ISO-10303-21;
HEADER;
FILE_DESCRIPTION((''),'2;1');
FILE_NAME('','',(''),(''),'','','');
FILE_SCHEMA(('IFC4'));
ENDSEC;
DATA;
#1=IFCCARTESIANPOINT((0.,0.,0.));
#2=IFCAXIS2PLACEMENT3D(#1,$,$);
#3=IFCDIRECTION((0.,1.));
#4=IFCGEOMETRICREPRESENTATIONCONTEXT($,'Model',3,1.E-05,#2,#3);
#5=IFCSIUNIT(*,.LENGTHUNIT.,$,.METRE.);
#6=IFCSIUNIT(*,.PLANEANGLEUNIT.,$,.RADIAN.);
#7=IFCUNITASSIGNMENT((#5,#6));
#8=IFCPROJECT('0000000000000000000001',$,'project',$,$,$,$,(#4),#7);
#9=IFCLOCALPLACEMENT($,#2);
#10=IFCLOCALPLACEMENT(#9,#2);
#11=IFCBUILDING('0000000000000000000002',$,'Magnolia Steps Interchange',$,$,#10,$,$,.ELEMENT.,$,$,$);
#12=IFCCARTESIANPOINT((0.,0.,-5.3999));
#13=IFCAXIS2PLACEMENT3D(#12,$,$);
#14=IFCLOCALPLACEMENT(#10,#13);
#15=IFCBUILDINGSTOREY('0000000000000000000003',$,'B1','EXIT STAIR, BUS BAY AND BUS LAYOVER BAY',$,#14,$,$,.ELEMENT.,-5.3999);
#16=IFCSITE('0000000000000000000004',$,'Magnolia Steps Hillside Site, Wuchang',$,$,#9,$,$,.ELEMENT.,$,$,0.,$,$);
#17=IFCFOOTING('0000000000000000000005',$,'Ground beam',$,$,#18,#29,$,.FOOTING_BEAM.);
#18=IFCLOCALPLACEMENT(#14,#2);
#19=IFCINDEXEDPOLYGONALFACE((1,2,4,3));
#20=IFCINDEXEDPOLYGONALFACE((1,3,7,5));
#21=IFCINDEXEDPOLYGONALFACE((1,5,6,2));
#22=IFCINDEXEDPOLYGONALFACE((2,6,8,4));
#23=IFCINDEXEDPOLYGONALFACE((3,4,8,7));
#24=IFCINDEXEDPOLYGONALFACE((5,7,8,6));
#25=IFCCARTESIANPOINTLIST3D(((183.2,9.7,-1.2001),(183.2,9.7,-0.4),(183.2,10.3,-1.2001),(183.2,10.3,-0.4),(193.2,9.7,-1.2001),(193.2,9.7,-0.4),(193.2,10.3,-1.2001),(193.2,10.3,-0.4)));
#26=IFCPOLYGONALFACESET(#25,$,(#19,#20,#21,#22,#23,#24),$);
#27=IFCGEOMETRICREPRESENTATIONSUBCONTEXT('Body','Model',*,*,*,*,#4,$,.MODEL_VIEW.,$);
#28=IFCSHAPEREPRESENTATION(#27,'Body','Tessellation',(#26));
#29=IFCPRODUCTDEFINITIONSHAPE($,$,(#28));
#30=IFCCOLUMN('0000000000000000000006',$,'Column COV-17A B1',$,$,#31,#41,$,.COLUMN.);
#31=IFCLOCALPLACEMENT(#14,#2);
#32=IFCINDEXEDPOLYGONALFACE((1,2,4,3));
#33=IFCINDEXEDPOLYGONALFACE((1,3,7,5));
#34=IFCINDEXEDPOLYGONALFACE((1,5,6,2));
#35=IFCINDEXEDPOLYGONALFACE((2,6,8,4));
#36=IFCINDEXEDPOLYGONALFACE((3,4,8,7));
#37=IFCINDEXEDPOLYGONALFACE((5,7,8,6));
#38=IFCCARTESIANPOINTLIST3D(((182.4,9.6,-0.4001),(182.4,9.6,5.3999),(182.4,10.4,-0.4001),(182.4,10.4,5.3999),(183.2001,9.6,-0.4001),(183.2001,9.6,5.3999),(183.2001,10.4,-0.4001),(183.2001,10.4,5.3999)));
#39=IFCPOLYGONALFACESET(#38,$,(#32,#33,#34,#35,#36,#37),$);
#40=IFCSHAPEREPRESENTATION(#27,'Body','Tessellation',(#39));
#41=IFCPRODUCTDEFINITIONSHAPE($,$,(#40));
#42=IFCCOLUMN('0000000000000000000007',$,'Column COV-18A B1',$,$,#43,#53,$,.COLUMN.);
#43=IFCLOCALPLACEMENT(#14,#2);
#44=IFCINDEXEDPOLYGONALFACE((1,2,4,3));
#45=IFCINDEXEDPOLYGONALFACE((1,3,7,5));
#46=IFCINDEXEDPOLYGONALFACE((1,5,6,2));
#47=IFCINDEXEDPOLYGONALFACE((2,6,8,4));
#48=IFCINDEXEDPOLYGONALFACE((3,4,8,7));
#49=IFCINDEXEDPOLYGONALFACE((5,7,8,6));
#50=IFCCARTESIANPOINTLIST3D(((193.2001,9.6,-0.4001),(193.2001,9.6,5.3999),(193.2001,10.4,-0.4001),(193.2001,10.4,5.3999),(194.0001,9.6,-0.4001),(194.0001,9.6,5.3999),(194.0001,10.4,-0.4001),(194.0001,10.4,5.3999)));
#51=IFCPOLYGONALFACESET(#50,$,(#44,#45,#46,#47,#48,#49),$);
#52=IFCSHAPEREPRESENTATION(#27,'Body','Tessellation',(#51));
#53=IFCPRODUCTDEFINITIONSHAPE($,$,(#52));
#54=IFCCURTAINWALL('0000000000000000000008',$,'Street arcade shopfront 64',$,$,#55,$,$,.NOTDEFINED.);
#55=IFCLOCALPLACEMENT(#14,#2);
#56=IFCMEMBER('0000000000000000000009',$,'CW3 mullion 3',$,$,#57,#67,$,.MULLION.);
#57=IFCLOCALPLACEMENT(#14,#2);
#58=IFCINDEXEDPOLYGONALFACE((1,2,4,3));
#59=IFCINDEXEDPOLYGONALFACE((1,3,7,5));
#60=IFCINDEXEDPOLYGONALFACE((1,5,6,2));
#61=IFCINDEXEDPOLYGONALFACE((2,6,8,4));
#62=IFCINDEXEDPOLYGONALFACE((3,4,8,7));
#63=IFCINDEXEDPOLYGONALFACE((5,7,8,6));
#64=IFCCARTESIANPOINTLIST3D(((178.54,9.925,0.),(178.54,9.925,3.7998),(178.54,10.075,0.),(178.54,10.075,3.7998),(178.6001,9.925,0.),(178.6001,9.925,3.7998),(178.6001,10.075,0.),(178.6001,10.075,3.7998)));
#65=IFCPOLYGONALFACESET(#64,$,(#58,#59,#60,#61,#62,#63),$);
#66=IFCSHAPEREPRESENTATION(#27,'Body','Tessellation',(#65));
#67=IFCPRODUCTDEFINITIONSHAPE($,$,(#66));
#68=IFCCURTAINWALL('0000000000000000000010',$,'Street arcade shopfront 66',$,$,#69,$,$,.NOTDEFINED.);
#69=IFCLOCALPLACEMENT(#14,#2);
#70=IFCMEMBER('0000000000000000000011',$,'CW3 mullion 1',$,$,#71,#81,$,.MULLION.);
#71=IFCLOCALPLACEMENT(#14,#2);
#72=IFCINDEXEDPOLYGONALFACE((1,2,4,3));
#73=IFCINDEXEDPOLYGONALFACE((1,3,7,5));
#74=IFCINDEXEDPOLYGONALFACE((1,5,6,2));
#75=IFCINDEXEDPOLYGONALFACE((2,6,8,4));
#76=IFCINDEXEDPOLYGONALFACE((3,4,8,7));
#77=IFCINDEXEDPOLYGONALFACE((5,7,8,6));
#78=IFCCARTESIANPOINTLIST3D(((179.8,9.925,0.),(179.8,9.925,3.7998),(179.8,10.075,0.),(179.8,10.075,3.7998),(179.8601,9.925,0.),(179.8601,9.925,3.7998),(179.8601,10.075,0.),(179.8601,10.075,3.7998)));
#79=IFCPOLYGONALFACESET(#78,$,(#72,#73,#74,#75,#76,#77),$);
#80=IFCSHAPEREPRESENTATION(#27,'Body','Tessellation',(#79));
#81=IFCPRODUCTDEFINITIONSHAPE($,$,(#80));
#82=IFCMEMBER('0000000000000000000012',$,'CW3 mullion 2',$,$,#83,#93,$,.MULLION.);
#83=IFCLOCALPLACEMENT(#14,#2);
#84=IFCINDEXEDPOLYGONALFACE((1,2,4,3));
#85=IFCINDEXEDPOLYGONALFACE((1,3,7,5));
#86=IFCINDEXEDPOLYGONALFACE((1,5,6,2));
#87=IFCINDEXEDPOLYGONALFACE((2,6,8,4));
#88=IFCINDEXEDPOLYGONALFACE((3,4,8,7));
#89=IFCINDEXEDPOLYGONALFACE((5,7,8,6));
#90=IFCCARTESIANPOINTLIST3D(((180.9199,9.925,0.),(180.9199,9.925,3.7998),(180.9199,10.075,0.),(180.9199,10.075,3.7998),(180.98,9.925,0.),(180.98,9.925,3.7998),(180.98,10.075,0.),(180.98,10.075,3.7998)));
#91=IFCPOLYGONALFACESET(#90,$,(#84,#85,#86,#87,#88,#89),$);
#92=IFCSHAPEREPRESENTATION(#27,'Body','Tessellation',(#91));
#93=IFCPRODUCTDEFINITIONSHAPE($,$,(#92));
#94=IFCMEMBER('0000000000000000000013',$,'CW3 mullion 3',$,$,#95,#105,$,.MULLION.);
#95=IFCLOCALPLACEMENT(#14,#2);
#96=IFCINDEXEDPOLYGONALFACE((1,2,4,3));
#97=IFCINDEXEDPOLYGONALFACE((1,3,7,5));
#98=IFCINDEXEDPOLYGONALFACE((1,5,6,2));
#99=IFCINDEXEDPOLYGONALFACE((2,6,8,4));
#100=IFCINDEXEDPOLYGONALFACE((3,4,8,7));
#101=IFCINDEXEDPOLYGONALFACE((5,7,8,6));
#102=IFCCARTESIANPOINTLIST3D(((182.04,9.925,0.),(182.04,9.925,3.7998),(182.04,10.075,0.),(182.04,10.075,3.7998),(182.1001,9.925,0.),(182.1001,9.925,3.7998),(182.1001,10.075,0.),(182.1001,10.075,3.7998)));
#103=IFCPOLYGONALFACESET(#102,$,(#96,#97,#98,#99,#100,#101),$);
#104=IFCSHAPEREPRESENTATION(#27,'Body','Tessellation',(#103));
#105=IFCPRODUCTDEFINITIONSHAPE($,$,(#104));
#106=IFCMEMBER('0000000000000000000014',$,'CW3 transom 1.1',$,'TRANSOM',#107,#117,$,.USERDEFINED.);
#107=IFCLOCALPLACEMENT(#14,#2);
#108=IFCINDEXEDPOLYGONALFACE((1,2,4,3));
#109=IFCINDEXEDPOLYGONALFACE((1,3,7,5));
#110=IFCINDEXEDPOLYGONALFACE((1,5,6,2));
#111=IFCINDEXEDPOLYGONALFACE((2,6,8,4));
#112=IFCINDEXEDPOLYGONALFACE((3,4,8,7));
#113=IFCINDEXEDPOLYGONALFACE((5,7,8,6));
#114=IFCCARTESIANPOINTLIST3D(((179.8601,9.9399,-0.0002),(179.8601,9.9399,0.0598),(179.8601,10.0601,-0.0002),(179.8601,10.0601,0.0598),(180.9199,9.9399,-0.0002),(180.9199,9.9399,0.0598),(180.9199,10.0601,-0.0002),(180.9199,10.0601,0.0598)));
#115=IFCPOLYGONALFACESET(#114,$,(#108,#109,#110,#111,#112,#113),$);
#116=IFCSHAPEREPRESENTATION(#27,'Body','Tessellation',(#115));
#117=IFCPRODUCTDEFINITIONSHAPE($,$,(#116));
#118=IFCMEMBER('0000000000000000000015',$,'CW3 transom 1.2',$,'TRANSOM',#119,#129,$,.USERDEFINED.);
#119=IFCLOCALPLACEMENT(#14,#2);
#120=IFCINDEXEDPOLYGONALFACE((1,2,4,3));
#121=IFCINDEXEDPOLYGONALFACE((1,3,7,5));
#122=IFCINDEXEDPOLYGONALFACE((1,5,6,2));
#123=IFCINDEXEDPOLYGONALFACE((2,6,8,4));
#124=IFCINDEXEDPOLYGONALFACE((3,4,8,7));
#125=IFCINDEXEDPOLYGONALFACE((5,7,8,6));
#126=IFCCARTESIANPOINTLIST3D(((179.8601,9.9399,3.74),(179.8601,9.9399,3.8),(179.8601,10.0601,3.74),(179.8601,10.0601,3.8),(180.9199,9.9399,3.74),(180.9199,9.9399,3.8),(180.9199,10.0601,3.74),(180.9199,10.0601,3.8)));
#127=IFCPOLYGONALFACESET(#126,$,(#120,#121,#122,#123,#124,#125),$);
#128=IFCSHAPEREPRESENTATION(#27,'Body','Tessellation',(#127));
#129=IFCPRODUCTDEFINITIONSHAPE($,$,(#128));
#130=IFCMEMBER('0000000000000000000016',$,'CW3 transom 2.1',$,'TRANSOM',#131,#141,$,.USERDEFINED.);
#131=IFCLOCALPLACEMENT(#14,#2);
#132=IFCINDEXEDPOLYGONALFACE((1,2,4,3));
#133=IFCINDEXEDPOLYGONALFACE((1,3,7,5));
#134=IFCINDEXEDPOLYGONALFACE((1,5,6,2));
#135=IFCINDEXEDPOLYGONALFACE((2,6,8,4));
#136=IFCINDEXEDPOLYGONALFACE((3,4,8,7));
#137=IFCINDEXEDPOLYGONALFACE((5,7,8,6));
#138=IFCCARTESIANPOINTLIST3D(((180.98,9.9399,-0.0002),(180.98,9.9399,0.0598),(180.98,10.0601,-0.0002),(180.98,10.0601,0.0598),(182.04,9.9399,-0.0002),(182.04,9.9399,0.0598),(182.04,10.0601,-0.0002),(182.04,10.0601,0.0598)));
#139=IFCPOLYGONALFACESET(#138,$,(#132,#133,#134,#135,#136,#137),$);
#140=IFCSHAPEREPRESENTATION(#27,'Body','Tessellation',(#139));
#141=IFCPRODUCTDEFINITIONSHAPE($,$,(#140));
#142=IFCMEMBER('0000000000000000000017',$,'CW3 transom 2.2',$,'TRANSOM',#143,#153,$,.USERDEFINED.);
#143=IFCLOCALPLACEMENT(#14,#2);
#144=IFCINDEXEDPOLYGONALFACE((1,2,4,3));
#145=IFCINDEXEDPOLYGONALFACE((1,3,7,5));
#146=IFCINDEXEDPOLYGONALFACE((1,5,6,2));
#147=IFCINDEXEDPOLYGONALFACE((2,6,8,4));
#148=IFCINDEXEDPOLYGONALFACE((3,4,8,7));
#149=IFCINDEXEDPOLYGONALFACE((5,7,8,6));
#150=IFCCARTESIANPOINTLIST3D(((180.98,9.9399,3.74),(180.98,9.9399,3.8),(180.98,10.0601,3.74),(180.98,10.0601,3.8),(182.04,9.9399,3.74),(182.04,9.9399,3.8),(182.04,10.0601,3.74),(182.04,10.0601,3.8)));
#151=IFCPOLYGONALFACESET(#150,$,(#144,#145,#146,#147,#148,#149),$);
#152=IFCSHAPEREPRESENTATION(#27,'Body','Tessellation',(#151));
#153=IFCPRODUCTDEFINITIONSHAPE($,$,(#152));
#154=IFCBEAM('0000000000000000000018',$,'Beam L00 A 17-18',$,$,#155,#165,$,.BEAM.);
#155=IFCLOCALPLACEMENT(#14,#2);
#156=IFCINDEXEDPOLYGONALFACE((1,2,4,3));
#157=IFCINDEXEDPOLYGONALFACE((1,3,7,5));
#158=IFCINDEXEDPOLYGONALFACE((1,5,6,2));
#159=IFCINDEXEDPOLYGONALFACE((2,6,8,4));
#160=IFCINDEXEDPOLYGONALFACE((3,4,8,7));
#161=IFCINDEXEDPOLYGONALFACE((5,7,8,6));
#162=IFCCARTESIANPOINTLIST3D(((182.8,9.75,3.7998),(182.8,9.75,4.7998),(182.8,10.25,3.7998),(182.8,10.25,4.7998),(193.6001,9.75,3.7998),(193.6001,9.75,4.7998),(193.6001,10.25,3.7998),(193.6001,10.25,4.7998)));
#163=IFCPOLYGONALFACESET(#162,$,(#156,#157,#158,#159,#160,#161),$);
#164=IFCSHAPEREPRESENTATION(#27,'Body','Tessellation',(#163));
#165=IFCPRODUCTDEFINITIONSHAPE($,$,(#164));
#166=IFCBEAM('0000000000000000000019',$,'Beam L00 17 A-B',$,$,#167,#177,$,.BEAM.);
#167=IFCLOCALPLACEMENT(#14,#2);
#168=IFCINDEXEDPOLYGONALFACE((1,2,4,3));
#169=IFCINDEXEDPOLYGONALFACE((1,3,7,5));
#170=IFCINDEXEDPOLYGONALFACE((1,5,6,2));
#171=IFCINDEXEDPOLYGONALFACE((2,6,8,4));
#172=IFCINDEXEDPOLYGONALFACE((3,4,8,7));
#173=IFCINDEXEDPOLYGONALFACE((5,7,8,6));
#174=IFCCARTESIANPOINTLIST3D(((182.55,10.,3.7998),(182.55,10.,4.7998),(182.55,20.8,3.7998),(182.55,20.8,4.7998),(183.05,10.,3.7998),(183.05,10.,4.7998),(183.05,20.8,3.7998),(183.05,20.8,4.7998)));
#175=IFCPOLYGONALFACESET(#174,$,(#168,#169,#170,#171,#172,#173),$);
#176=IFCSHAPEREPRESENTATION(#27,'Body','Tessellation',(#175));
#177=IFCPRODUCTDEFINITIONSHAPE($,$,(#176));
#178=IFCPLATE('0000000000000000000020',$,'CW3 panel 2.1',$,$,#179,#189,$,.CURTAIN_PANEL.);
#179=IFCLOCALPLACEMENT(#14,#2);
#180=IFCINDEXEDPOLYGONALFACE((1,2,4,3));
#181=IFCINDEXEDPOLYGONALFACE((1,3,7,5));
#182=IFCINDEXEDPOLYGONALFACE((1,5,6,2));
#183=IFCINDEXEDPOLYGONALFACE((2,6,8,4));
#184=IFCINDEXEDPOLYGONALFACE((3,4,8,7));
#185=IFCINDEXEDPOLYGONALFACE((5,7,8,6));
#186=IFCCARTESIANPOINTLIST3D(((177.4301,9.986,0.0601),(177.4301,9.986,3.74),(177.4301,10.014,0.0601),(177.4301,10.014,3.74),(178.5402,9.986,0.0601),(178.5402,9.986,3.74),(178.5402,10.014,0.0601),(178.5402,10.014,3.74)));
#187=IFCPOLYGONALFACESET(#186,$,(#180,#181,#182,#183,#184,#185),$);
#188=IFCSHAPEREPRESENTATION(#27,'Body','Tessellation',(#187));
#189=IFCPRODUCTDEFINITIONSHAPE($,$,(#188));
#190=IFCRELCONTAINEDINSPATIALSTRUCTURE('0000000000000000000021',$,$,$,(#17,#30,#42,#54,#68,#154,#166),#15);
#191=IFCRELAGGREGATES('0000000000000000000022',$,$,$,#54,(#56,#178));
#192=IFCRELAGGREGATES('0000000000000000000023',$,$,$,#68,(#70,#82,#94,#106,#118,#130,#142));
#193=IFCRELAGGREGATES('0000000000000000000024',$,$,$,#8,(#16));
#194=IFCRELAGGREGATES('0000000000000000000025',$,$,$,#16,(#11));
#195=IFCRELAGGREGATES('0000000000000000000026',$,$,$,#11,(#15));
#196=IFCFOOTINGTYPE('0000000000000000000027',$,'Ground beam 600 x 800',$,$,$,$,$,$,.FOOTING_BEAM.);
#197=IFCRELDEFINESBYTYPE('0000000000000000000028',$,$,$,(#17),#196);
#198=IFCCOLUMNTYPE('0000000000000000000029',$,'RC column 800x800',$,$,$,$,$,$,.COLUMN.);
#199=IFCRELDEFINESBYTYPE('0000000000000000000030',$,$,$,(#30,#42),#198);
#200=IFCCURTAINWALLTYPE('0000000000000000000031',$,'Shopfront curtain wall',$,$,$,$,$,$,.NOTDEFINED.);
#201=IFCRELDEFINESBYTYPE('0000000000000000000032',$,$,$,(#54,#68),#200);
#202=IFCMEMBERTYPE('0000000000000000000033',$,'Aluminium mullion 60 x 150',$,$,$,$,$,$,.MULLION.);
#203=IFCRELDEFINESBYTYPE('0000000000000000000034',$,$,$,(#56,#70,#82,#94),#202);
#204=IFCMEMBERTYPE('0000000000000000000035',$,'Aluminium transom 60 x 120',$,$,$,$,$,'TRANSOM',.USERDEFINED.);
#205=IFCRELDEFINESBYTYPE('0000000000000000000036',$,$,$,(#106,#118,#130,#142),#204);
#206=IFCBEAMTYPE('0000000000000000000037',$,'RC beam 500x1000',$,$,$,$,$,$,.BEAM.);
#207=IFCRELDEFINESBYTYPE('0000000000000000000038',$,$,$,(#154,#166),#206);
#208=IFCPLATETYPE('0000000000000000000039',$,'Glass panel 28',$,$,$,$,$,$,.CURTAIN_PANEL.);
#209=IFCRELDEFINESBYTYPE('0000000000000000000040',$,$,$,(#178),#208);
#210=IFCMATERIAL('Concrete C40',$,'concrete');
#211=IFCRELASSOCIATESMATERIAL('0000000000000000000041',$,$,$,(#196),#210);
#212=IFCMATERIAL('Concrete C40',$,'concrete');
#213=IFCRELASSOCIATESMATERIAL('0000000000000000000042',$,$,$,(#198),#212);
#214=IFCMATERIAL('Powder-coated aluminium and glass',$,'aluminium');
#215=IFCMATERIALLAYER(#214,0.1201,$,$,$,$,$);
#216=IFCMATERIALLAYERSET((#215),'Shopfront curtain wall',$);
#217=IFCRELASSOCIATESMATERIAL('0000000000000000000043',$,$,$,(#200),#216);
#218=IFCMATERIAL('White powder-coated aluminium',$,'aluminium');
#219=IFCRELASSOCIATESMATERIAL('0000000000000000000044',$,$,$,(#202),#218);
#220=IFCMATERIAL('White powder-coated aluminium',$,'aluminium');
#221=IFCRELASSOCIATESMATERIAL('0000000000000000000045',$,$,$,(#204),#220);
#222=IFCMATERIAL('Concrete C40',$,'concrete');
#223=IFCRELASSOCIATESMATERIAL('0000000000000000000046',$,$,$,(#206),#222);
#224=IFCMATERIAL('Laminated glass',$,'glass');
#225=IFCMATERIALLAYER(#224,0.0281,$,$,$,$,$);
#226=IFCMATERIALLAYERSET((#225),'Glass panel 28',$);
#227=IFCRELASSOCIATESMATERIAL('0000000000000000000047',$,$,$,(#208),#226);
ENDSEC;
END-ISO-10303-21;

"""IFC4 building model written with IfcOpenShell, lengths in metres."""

from ifc_helpers import new_model, si_unit, direction, frame, origin, origin_2d, place, context, subcontext, project, spatial, rectangle, extrude, material, layer, layer_set, material_profile, profile_set, type_object, element, aggregate, save


model = new_model("IFC4")

# Units and contexts
model_context = context("Model", 3, precision=1e-05, world=origin(), true_north=direction((0.0, 1.0)))
body_context = subcontext(model_context, "Body", "Model", "MODEL_VIEW")
ifc_project = project(units=[si_unit("LENGTHUNIT", "METRE"), si_unit("PLANEANGLEUNIT", "RADIAN")], contexts=[model_context])

# Site, building, storey
site_placement = place(None, origin())
site = spatial("IfcSite", under=ifc_project, at=site_placement, Name="Magnolia Steps Hillside Site, Wuchang", CompositionType="ELEMENT", RefElevation=0.0)
building_placement = place(site_placement, origin())
building = spatial("IfcBuilding", under=site, at=building_placement, Name="Magnolia Steps Interchange", CompositionType="ELEMENT")
storey_placement = place(building_placement, frame((0.0, 0.0, -5.3999)))
storey = spatial("IfcBuildingStorey", under=building, at=storey_placement, Name="B1", Description="EXIT STAIR, BUS BAY AND BUS LAYOVER BAY", CompositionType="ELEMENT", Elevation=-5.3999)

# Footing
ifc_material_1 = material(Name="Concrete C40", Category="concrete")
ifc_material_profile_1 = material_profile(ifc_material_1, rectangle(XDim=0.6001, YDim=0.8, at=origin_2d()), Name="RC600x800")
ifc_profile_set_1 = profile_set([ifc_material_profile_1], Name="Concrete C40")
footing_type = type_object("IfcFootingType", Name="Ground beam 600 x 800", PredefinedType="FOOTING_BEAM", material=ifc_profile_set_1)
footing_placement = place(storey_placement, frame((183.2, 10.0, -0.8), z_axis=(1.0, 0.0, 0.0), x_axis=(0.0, 1.0, 0.0)))
element("IfcFooting", 1, at=footing_placement, inside=storey, type_object=footing_type, Name="Ground beam", PredefinedType="FOOTING_BEAM", context=body_context, shape_type="SweptSolid", body=[
    extrude(rectangle(XDim=0.6001, YDim=0.8, at=origin_2d()), origin(), (0.0, 0.0, 1.0), 10.0),
])

# Columns
ifc_material_2 = material(Name="Concrete C40", Category="concrete")
ifc_material_profile_2 = material_profile(ifc_material_2, rectangle(XDim=0.8, YDim=0.8, at=origin_2d()), Name="RC800x800")
ifc_profile_set_2 = profile_set([ifc_material_profile_2], Name="Concrete C40")
column_type = type_object("IfcColumnType", Name="RC column 800x800", PredefinedType="COLUMN", material=ifc_profile_set_2)
for number, where, z_axis, x_axis, name in (
    (2, (182.8, 10.0, -0.4001), (0.0, 0.0, 1.0), (1.0, 0.0, 0.0), "Column COV-17A B1"),
    (3, (193.6001, 10.0, -0.4001), (0.0, 0.0, 1.0), (1.0, 0.0, 0.0), "Column COV-18A B1"),
):
    element("IfcColumn", number, at=place(storey_placement, frame(where, z_axis=z_axis, x_axis=x_axis)), inside=storey, type_object=column_type, Name=name, PredefinedType="COLUMN", context=body_context, shape_type="SweptSolid", body=[
        extrude(rectangle(XDim=0.8, YDim=0.8, at=origin_2d()), origin(), (0.0, 0.0, 1.0), 5.8),
    ])

# Curtain wall, member
ifc_material_3 = material(Name="Powder-coated aluminium and glass", Category="aluminium")
ifc_layer_1 = layer(ifc_material_3, 0.1201)
ifc_layer_set_1 = layer_set([ifc_layer_1], Name="Shopfront curtain wall")
curtain_wall_type = type_object("IfcCurtainWallType", Name="Shopfront curtain wall", PredefinedType="NOTDEFINED", material=ifc_layer_set_1)
curtain_wall_1_placement = place(storey_placement, origin())
curtain_wall_1 = element("IfcCurtainWall", 4, at=curtain_wall_1_placement, inside=storey, type_object=curtain_wall_type, Name="Street arcade shopfront 64", PredefinedType="NOTDEFINED")
ifc_material_4 = material(Name="White powder-coated aluminium", Category="aluminium")
ifc_material_profile_3 = material_profile(ifc_material_4, rectangle(XDim=0.0601, YDim=0.1499, at=origin_2d()), Name="Aluminium mullion 60 x 150")
ifc_profile_set_3 = profile_set([ifc_material_profile_3], Name="White powder-coated aluminium")
member_type_1 = type_object("IfcMemberType", Name="Aluminium mullion 60 x 150", PredefinedType="MULLION", material=ifc_profile_set_3)
member_1_placement = place(storey_placement, frame((178.5701, 10.0, 0.0), z_axis=(0.0, 0.0, 1.0), x_axis=(1.0, 0.0, 0.0)))
member_1 = element("IfcMember", 5, at=member_1_placement, type_object=member_type_1, Name="CW3 mullion 3", PredefinedType="MULLION", context=body_context, shape_type="SweptSolid", body=[
    extrude(rectangle(XDim=0.0601, YDim=0.1499, at=origin_2d()), origin(), (0.0, 0.0, 1.0), 3.7998),
])

# Curtain wall, members
curtain_wall_2_placement = place(storey_placement, origin())
curtain_wall_2 = element("IfcCurtainWall", 6, at=curtain_wall_2_placement, inside=storey, type_object=curtain_wall_type, Name="Street arcade shopfront 66", PredefinedType="NOTDEFINED")
member_2_placement = place(storey_placement, frame((179.8301, 10.0, 0.0), z_axis=(0.0, 0.0, 1.0), x_axis=(1.0, 0.0, 0.0)))
member_2 = element("IfcMember", 7, at=member_2_placement, type_object=member_type_1, Name="CW3 mullion 1", PredefinedType="MULLION", context=body_context, shape_type="SweptSolid", body=[
    extrude(rectangle(XDim=0.0601, YDim=0.1499, at=origin_2d()), origin(), (0.0, 0.0, 1.0), 3.7998),
])
member_3_placement = place(storey_placement, frame((180.95, 10.0, 0.0), z_axis=(0.0, 0.0, 1.0), x_axis=(1.0, 0.0, 0.0)))
member_3 = element("IfcMember", 8, at=member_3_placement, type_object=member_type_1, Name="CW3 mullion 2", PredefinedType="MULLION", context=body_context, shape_type="SweptSolid", body=[
    extrude(rectangle(XDim=0.0601, YDim=0.1499, at=origin_2d()), origin(), (0.0, 0.0, 1.0), 3.7998),
])
member_4_placement = place(storey_placement, frame((182.0701, 10.0, 0.0), z_axis=(0.0, 0.0, 1.0), x_axis=(1.0, 0.0, 0.0)))
member_4 = element("IfcMember", 9, at=member_4_placement, type_object=member_type_1, Name="CW3 mullion 3", PredefinedType="MULLION", context=body_context, shape_type="SweptSolid", body=[
    extrude(rectangle(XDim=0.0601, YDim=0.1499, at=origin_2d()), origin(), (0.0, 0.0, 1.0), 3.7998),
])
ifc_material_5 = material(Name="White powder-coated aluminium", Category="aluminium")
ifc_material_profile_4 = material_profile(ifc_material_5, rectangle(XDim=0.0601, YDim=0.1201, at=origin_2d()), Name="Aluminium transom 60 x 120")
ifc_profile_set_4 = profile_set([ifc_material_profile_4], Name="White powder-coated aluminium")
member_type_2 = type_object("IfcMemberType", Name="Aluminium transom 60 x 120", ElementType="TRANSOM", PredefinedType="USERDEFINED", material=ifc_profile_set_4)
member_5_placement = place(storey_placement, frame((179.8601, 10.0, 0.0298), z_axis=(1.0, 0.0, 0.0), x_axis=(0.0, 0.0, 1.0)))
member_5 = element("IfcMember", 10, at=member_5_placement, type_object=member_type_2, Name="CW3 transom 1.1", ObjectType="TRANSOM", PredefinedType="USERDEFINED", context=body_context, shape_type="SweptSolid", body=[
    extrude(rectangle(XDim=0.0601, YDim=0.1201, at=origin_2d()), origin(), (0.0, 0.0, 1.0), 1.0598),
])
member_6_placement = place(storey_placement, frame((179.8601, 10.0, 3.77), z_axis=(1.0, 0.0, 0.0), x_axis=(0.0, 0.0, 1.0)))
member_6 = element("IfcMember", 11, at=member_6_placement, type_object=member_type_2, Name="CW3 transom 1.2", ObjectType="TRANSOM", PredefinedType="USERDEFINED", context=body_context, shape_type="SweptSolid", body=[
    extrude(rectangle(XDim=0.0601, YDim=0.1201, at=origin_2d()), origin(), (0.0, 0.0, 1.0), 1.0598),
])
member_7_placement = place(storey_placement, frame((180.98, 10.0, 0.0298), z_axis=(1.0, 0.0, 0.0), x_axis=(0.0, 0.0, 1.0)))
member_7 = element("IfcMember", 12, at=member_7_placement, type_object=member_type_2, Name="CW3 transom 2.1", ObjectType="TRANSOM", PredefinedType="USERDEFINED", context=body_context, shape_type="SweptSolid", body=[
    extrude(rectangle(XDim=0.0601, YDim=0.1201, at=origin_2d()), origin(), (0.0, 0.0, 1.0), 1.0601),
])
member_8_placement = place(storey_placement, frame((180.98, 10.0, 3.77), z_axis=(1.0, 0.0, 0.0), x_axis=(0.0, 0.0, 1.0)))
member_8 = element("IfcMember", 13, at=member_8_placement, type_object=member_type_2, Name="CW3 transom 2.2", ObjectType="TRANSOM", PredefinedType="USERDEFINED", context=body_context, shape_type="SweptSolid", body=[
    extrude(rectangle(XDim=0.0601, YDim=0.1201, at=origin_2d()), origin(), (0.0, 0.0, 1.0), 1.0601),
])

# Beams
ifc_material_6 = material(Name="Concrete C40", Category="concrete")
ifc_material_profile_5 = material_profile(ifc_material_6, rectangle(XDim=0.5, YDim=1.0, at=origin_2d()), Name="RC500x1000")
ifc_profile_set_5 = profile_set([ifc_material_profile_5], Name="Concrete C40")
beam_type = type_object("IfcBeamType", Name="RC beam 500x1000", PredefinedType="BEAM", material=ifc_profile_set_5)
for number, where, z_axis, x_axis, name in (
    (14, (182.8, 10.0, 4.2998), (1.0, 0.0, 0.0), (0.0, 1.0, 0.0), "Beam L00 A 17-18"),
    (15, (182.8, 10.0, 4.2998), (0.0, 1.0, 0.0), (-1.0, 0.0, 0.0), "Beam L00 17 A-B"),
):
    element("IfcBeam", number, at=place(storey_placement, frame(where, z_axis=z_axis, x_axis=x_axis)), inside=storey, type_object=beam_type, Name=name, PredefinedType="BEAM", context=body_context, shape_type="SweptSolid", body=[
        extrude(rectangle(XDim=0.5, YDim=1.0, at=origin_2d()), origin(), (0.0, 0.0, 1.0), 10.8),
    ])

# Plate
ifc_material_7 = material(Name="Laminated glass", Category="glass")
ifc_layer_2 = layer(ifc_material_7, 0.0281)
ifc_layer_set_2 = layer_set([ifc_layer_2], Name="Glass panel 28")
plate_type = type_object("IfcPlateType", Name="Glass panel 28", PredefinedType="CURTAIN_PANEL", material=ifc_layer_set_2)
plate_1_placement = place(storey_placement, frame((177.9851, 10.0, 0.0601), z_axis=(0.0, 0.0, 1.0), x_axis=(1.0, 0.0, 0.0)))
plate_1 = element("IfcPlate", 16, at=plate_1_placement, type_object=plate_type, Name="CW3 panel 2.1", PredefinedType="CURTAIN_PANEL", context=body_context, shape_type="SweptSolid", body=[
    extrude(rectangle(XDim=1.1101, YDim=0.0281, at=origin_2d()), origin(), (0.0, 0.0, 1.0), 3.6799),
])
aggregate(curtain_wall_1, [member_1, plate_1])
aggregate(curtain_wall_2, [member_2, member_3, member_4, member_5, member_6, member_7, member_8])

save(model, "model.ifc")
